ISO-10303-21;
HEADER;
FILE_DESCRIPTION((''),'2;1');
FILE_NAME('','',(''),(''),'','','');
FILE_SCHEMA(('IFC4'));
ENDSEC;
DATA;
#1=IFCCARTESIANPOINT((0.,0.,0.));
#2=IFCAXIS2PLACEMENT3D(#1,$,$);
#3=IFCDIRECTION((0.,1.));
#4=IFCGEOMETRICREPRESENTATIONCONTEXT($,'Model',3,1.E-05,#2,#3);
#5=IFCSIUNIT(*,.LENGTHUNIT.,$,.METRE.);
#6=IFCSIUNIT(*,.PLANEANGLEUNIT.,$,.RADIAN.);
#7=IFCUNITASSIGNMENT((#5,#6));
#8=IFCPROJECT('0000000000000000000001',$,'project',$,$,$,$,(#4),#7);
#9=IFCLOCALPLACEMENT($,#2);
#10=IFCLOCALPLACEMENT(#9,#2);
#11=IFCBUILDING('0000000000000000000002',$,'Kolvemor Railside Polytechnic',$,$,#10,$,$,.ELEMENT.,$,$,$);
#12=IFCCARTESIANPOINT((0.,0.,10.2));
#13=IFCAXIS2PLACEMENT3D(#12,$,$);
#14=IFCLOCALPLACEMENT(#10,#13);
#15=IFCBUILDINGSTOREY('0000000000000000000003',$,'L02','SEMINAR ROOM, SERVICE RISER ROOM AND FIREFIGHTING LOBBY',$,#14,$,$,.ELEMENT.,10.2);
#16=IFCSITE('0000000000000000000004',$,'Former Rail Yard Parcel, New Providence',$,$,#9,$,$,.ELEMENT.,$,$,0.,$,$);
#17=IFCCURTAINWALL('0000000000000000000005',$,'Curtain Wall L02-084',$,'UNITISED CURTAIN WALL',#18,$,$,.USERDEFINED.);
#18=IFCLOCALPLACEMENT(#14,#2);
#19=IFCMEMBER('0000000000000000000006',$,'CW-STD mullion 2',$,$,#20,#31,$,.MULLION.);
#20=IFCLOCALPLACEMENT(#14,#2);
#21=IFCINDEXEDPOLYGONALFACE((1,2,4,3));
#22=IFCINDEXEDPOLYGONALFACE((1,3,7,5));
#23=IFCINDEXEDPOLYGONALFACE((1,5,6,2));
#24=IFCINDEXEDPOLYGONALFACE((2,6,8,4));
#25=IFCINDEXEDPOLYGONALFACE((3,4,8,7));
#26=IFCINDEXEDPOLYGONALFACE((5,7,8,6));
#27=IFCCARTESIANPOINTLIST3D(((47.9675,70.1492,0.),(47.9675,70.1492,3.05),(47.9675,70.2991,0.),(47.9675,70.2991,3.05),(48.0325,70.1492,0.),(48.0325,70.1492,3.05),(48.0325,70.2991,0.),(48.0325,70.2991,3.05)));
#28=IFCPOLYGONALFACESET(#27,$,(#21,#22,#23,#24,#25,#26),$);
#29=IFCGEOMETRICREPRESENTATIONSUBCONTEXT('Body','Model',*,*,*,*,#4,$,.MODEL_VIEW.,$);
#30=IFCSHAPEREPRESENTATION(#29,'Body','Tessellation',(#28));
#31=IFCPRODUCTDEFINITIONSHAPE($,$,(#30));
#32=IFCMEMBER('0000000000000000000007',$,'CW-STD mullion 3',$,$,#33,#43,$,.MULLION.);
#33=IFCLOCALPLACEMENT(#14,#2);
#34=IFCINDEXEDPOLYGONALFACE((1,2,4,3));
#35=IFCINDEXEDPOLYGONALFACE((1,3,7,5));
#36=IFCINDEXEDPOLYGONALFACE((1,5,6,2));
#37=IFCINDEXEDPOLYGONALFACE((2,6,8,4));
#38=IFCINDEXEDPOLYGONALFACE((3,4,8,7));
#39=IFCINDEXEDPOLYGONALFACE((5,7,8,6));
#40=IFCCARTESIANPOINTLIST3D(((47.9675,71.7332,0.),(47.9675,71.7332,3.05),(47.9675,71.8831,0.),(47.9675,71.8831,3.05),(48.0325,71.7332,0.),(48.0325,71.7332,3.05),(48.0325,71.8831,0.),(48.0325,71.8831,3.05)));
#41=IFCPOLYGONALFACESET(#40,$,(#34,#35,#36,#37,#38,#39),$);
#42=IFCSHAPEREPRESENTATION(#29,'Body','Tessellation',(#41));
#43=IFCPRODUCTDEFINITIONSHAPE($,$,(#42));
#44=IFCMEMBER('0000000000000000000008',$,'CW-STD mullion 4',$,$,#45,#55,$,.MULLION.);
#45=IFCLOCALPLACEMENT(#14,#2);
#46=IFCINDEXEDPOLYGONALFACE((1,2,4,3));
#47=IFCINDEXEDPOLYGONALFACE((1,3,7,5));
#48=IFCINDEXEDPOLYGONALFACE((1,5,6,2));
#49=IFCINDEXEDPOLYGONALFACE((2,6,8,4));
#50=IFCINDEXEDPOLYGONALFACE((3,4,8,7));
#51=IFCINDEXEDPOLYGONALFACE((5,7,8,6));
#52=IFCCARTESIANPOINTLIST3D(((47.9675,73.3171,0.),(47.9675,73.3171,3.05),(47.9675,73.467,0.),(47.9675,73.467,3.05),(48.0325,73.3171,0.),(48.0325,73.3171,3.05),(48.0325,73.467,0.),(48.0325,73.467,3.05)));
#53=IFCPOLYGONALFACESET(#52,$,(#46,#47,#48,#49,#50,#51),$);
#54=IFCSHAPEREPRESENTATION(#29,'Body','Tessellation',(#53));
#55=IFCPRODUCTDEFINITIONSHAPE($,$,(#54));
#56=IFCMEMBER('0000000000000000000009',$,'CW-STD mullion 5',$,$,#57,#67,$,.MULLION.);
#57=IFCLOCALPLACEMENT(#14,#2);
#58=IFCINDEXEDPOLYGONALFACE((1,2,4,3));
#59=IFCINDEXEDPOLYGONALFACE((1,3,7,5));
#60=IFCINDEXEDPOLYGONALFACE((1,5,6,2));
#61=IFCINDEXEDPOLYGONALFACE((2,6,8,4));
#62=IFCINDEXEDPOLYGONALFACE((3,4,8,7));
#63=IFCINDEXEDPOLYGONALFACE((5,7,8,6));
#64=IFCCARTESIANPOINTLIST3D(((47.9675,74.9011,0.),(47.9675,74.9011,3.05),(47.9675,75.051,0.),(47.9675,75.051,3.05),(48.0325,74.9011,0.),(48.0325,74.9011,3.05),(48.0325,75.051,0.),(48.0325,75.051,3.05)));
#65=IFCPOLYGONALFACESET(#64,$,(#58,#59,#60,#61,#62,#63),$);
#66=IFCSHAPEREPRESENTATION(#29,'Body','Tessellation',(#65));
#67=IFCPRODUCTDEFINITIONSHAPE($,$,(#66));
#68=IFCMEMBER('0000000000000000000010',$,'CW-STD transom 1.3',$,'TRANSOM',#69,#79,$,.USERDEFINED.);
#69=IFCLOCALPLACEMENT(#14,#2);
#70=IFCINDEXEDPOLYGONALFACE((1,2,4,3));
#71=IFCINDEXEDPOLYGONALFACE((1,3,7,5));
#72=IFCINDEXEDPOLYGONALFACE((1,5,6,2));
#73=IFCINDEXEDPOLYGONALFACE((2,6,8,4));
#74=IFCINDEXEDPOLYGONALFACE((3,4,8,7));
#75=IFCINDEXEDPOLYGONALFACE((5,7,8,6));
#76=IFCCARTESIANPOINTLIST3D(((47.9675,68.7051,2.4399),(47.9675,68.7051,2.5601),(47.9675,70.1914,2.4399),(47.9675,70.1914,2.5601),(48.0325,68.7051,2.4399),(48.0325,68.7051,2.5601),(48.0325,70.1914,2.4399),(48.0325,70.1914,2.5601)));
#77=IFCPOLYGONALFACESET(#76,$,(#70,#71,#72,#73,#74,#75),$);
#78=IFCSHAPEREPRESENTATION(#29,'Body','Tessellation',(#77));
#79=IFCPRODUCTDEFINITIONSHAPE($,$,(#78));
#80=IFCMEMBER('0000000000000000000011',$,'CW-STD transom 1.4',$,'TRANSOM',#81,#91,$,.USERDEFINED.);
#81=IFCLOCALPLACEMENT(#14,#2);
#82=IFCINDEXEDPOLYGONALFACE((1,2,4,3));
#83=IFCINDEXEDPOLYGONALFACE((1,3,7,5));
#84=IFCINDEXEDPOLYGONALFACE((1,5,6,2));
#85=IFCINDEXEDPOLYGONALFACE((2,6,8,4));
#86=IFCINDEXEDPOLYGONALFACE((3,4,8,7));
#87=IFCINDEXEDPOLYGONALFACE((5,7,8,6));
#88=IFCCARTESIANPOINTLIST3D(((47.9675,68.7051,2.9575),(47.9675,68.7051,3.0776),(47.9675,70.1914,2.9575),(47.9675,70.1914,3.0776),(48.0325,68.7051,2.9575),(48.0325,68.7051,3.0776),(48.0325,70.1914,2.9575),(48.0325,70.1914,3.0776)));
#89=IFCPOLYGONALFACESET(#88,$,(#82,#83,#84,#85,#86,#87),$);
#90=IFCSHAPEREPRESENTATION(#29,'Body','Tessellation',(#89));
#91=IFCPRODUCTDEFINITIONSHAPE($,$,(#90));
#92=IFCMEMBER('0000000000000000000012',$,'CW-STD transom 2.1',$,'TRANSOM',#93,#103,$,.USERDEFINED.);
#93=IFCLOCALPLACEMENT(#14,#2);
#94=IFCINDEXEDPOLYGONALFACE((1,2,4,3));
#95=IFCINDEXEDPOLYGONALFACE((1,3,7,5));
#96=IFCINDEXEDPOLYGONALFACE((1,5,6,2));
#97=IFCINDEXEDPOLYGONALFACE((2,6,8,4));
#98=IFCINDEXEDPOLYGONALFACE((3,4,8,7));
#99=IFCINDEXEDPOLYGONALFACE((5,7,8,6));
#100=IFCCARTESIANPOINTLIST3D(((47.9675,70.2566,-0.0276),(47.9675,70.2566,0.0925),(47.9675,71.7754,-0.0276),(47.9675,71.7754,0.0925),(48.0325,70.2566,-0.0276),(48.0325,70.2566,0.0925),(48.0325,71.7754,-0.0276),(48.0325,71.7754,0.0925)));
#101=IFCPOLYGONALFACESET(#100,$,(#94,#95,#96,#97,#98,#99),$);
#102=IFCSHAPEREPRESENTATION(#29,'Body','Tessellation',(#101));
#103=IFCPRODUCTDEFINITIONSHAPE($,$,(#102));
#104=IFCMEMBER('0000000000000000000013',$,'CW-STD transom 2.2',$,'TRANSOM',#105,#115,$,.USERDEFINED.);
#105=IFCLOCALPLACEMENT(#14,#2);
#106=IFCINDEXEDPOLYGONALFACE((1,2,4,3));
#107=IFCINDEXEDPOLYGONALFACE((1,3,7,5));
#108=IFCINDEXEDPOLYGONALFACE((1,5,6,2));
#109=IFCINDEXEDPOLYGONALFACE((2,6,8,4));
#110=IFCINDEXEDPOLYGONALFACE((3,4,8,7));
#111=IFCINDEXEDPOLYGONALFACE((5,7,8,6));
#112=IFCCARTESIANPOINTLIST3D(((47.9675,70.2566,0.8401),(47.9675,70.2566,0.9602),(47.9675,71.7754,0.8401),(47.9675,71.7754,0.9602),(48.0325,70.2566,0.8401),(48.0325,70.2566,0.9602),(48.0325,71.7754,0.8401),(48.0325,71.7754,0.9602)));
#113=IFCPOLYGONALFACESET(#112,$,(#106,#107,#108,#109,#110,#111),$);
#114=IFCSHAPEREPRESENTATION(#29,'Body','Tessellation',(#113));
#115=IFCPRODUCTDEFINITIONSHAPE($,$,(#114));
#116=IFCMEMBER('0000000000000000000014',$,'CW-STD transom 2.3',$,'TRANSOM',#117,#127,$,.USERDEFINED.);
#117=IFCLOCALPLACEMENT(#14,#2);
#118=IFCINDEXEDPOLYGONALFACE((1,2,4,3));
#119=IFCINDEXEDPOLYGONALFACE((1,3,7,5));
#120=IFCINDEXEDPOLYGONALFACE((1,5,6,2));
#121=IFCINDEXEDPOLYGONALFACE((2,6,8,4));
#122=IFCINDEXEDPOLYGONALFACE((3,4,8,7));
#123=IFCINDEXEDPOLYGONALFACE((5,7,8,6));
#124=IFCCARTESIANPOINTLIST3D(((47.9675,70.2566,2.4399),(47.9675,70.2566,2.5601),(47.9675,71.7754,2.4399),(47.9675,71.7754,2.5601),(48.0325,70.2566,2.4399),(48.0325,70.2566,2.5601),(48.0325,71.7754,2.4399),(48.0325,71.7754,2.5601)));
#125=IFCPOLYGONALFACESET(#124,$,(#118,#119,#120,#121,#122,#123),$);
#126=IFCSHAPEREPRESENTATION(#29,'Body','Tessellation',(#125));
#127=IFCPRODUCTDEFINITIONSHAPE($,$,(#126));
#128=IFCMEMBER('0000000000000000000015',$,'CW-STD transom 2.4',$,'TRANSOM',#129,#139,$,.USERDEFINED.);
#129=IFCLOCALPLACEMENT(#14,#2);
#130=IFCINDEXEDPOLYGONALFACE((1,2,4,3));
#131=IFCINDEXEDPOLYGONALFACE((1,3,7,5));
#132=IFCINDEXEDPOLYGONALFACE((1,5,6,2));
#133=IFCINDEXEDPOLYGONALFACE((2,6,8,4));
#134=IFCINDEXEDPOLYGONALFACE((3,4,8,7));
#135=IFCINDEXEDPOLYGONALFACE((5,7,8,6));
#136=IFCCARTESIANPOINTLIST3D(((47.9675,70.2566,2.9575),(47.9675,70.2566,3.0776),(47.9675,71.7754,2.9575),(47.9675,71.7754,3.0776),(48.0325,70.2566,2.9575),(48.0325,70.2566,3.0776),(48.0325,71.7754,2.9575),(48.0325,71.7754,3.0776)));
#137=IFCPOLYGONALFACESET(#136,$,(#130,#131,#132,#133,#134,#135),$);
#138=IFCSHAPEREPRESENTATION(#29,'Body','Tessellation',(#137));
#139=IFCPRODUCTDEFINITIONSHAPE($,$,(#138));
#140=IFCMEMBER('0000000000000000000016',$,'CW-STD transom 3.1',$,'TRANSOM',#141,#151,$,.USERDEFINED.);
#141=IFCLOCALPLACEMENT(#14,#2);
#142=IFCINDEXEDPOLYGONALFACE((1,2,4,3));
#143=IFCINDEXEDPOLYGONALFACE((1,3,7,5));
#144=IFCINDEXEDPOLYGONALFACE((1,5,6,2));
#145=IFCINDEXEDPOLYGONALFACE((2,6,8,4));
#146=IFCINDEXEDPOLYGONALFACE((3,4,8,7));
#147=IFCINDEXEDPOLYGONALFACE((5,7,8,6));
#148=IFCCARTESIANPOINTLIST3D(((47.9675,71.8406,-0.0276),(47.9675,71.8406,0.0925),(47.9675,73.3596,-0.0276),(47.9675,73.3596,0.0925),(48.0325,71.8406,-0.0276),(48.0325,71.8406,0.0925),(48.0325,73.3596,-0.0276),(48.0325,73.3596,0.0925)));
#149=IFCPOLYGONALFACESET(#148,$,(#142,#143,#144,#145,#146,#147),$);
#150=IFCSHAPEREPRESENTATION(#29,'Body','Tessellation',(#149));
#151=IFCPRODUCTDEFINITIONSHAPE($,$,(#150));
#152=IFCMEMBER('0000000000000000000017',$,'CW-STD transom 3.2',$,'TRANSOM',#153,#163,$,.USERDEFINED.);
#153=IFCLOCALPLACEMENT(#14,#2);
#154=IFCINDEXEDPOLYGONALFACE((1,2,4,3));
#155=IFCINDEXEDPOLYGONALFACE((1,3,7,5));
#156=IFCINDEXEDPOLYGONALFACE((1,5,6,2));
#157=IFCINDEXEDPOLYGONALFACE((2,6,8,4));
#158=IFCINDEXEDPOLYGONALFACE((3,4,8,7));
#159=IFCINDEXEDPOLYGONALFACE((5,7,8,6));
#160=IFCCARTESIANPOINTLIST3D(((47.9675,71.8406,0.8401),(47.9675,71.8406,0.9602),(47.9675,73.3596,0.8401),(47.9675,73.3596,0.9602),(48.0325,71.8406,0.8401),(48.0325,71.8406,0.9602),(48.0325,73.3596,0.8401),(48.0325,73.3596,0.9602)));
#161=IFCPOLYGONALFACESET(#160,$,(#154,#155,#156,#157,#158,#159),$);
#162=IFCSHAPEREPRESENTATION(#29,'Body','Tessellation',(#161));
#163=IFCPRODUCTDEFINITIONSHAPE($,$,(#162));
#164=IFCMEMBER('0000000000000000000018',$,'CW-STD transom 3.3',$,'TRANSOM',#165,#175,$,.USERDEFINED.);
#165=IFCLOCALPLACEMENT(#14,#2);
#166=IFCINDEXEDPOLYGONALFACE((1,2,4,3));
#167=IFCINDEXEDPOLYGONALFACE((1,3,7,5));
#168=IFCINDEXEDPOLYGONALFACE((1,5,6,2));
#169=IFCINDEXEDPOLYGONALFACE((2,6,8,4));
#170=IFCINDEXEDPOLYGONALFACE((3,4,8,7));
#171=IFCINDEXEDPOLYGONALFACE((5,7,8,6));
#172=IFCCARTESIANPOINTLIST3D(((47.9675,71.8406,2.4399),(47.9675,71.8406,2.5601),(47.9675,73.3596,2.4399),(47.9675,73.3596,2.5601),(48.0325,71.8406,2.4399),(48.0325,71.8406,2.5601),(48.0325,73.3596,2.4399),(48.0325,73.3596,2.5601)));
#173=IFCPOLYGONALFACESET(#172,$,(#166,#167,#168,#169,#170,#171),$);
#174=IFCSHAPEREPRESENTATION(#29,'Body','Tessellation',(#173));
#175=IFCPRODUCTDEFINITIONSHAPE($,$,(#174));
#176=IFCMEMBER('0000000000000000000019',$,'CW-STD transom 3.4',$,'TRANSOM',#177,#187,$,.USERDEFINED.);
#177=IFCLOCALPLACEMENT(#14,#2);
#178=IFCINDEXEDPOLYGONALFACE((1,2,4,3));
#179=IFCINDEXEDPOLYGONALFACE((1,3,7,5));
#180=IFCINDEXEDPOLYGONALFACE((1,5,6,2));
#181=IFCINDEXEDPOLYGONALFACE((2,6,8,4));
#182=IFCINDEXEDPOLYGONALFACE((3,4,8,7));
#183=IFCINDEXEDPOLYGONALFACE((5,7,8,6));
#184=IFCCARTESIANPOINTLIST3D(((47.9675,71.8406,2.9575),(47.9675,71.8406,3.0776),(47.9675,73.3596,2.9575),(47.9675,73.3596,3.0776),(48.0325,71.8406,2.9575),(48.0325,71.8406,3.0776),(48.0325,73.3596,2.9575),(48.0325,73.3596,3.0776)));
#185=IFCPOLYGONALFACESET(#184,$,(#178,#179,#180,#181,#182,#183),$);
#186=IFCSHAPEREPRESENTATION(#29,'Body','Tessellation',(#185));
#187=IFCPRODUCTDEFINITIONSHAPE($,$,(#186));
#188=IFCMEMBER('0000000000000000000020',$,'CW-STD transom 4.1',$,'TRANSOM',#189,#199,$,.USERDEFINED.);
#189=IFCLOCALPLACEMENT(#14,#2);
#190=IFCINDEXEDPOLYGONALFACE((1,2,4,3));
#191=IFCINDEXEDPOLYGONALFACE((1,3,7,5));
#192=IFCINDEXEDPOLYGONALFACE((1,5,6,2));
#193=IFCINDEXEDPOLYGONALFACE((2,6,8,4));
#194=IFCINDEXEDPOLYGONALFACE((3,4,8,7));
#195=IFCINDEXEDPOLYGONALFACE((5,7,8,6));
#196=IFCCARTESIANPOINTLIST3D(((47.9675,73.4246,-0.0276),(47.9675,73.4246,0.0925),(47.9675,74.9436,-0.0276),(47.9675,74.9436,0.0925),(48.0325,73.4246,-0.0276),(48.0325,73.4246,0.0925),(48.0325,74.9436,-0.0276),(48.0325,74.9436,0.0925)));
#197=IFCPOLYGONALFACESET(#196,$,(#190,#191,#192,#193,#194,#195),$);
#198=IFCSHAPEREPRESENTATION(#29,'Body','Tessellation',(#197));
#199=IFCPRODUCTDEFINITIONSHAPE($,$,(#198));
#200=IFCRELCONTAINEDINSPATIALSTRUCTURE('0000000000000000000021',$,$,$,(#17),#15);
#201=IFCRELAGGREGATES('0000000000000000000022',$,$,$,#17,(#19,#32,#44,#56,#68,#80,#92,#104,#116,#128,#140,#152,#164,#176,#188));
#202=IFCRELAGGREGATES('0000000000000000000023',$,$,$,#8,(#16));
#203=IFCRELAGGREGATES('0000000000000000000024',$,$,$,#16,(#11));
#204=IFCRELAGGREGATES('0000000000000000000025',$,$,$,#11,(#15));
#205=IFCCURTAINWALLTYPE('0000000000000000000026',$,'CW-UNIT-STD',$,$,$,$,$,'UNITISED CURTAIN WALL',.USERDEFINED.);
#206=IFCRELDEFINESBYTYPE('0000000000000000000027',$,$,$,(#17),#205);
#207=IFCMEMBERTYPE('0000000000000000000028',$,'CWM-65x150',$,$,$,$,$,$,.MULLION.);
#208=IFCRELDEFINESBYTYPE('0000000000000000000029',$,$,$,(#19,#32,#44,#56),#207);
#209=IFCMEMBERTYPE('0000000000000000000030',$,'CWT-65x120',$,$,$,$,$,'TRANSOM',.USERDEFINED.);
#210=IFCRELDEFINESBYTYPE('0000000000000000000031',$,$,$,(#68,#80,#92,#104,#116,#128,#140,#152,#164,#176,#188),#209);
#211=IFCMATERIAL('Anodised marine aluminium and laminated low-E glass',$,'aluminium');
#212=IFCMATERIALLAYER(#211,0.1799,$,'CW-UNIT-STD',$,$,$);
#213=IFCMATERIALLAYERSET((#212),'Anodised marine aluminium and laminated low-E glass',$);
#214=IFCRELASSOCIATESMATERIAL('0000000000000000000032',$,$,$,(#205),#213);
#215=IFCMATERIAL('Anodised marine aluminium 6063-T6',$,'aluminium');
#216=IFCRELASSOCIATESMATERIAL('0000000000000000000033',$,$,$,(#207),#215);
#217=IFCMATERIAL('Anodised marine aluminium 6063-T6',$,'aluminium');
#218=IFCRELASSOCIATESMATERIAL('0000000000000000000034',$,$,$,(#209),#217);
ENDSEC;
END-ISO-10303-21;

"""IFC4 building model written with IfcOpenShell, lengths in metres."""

from ifc_helpers import new_model, si_unit, direction, frame, origin, origin_2d, place, context, subcontext, project, spatial, rectangle, extrude, material, layer, layer_set, material_profile, profile_set, type_object, element, aggregate, save


model = new_model("IFC4")

# Units and contexts
model_context = context("Model", 3, precision=1e-05, world=origin(), true_north=direction((0.0, 1.0)))
body_context = subcontext(model_context, "Body", "Model", "MODEL_VIEW")
ifc_project = project(units=[si_unit("LENGTHUNIT", "METRE"), si_unit("PLANEANGLEUNIT", "RADIAN")], contexts=[model_context])

# Site, building, storey
site_placement = place(None, origin())
site = spatial("IfcSite", under=ifc_project, at=site_placement, Name="Former Rail Yard Parcel, New Providence", CompositionType="ELEMENT", RefElevation=0.0)
building_placement = place(site_placement, origin())
building = spatial("IfcBuilding", under=site, at=building_placement, Name="Kolvemor Railside Polytechnic", CompositionType="ELEMENT")
storey_placement = place(building_placement, frame((0.0, 0.0, 10.2)))
storey = spatial("IfcBuildingStorey", under=building, at=storey_placement, Name="L02", Description="SEMINAR ROOM, SERVICE RISER ROOM AND FIREFIGHTING LOBBY", CompositionType="ELEMENT", Elevation=10.2)

# Curtain wall, members
ifc_material_1 = material(Name="Anodised marine aluminium and laminated low-E glass", Category="aluminium")
ifc_layer_1 = layer(ifc_material_1, 0.1799, Name="CW-UNIT-STD")
ifc_layer_set_1 = layer_set([ifc_layer_1], Name="Anodised marine aluminium and laminated low-E glass")
curtain_wall_type = type_object("IfcCurtainWallType", Name="CW-UNIT-STD", ElementType="UNITISED CURTAIN WALL", PredefinedType="USERDEFINED", material=ifc_layer_set_1)
curtain_wall_placement = place(storey_placement, origin())
curtain_wall = element("IfcCurtainWall", 1, at=curtain_wall_placement, inside=storey, type_object=curtain_wall_type, Name="Curtain Wall L02-084", ObjectType="UNITISED CURTAIN WALL", PredefinedType="USERDEFINED")
ifc_material_2 = material(Name="Anodised marine aluminium 6063-T6", Category="aluminium")
ifc_material_profile_1 = material_profile(ifc_material_2, rectangle(XDim=0.0649, YDim=0.1499, at=origin_2d()), Name="CW-MUL-65x150")
ifc_profile_set_1 = profile_set([ifc_material_profile_1], Name="Anodised marine aluminium 6063-T6")
member_type_1 = type_object("IfcMemberType", Name="CWM-65x150", PredefinedType="MULLION", material=ifc_profile_set_1)
member_1_placement = place(storey_placement, frame((48.0, 70.2241, 0.0), z_axis=(0.0, 0.0, 1.0), x_axis=(-1.0, 0.0, 0.0)))
member_1 = element("IfcMember", 2, at=member_1_placement, type_object=member_type_1, Name="CW-STD mullion 2", PredefinedType="MULLION", context=body_context, shape_type="SweptSolid", body=[
    extrude(rectangle(XDim=0.0649, YDim=0.1499, at=origin_2d()), origin(), (0.0, 0.0, 1.0), 3.05),
])
member_2_placement = place(storey_placement, frame((48.0, 71.8081, 0.0), z_axis=(0.0, 0.0, 1.0), x_axis=(-1.0, 0.0, 0.0)))
member_2 = element("IfcMember", 3, at=member_2_placement, type_object=member_type_1, Name="CW-STD mullion 3", PredefinedType="MULLION", context=body_context, shape_type="SweptSolid", body=[
    extrude(rectangle(XDim=0.0649, YDim=0.1499, at=origin_2d()), origin(), (0.0, 0.0, 1.0), 3.05),
])
member_3_placement = place(storey_placement, frame((48.0, 73.3921, 0.0), z_axis=(0.0, 0.0, 1.0), x_axis=(-1.0, 0.0, 0.0)))
member_3 = element("IfcMember", 4, at=member_3_placement, type_object=member_type_1, Name="CW-STD mullion 4", PredefinedType="MULLION", context=body_context, shape_type="SweptSolid", body=[
    extrude(rectangle(XDim=0.0649, YDim=0.1499, at=origin_2d()), origin(), (0.0, 0.0, 1.0), 3.05),
])
member_4_placement = place(storey_placement, frame((48.0, 74.9761, 0.0), z_axis=(0.0, 0.0, 1.0), x_axis=(-1.0, 0.0, 0.0)))
member_4 = element("IfcMember", 5, at=member_4_placement, type_object=member_type_1, Name="CW-STD mullion 5", PredefinedType="MULLION", context=body_context, shape_type="SweptSolid", body=[
    extrude(rectangle(XDim=0.0649, YDim=0.1499, at=origin_2d()), origin(), (0.0, 0.0, 1.0), 3.05),
])
ifc_material_3 = material(Name="Anodised marine aluminium 6063-T6", Category="aluminium")
ifc_material_profile_2 = material_profile(ifc_material_3, rectangle(XDim=0.0649, YDim=0.1201, at=origin_2d()), Name="CW-TRN-65x120")
ifc_profile_set_2 = profile_set([ifc_material_profile_2], Name="Anodised marine aluminium 6063-T6")
member_type_2 = type_object("IfcMemberType", Name="CWT-65x120", ElementType="TRANSOM", PredefinedType="USERDEFINED", material=ifc_profile_set_2)
member_5_placement = place(storey_placement, frame((48.0, 68.7051, 2.5), z_axis=(0.0, 1.0, 0.0), x_axis=(-1.0, 0.0, 0.0)))
member_5 = element("IfcMember", 6, at=member_5_placement, type_object=member_type_2, Name="CW-STD transom 1.3", ObjectType="TRANSOM", PredefinedType="USERDEFINED", context=body_context, shape_type="SweptSolid", body=[
    extrude(rectangle(XDim=0.0649, YDim=0.1201, at=origin_2d()), origin(), (0.0, 0.0, 1.0), 1.4863),
])
member_6_placement = place(storey_placement, frame((48.0, 68.7051, 3.0176), z_axis=(0.0, 1.0, 0.0), x_axis=(-1.0, 0.0, 0.0)))
member_6 = element("IfcMember", 7, at=member_6_placement, type_object=member_type_2, Name="CW-STD transom 1.4", ObjectType="TRANSOM", PredefinedType="USERDEFINED", context=body_context, shape_type="SweptSolid", body=[
    extrude(rectangle(XDim=0.0649, YDim=0.1201, at=origin_2d()), origin(), (0.0, 0.0, 1.0), 1.4863),
])
member_7_placement = place(storey_placement, frame((48.0, 70.2566, 0.0325), z_axis=(0.0, 1.0, 0.0), x_axis=(-1.0, 0.0, 0.0)))
member_7 = element("IfcMember", 8, at=member_7_placement, type_object=member_type_2, Name="CW-STD transom 2.1", ObjectType="TRANSOM", PredefinedType="USERDEFINED", context=body_context, shape_type="SweptSolid", body=[
    extrude(rectangle(XDim=0.0649, YDim=0.1201, at=origin_2d()), origin(), (0.0, 0.0, 1.0), 1.5188),
])
member_8_placement = place(storey_placement, frame((48.0, 70.2566, 0.9001), z_axis=(0.0, 1.0, 0.0), x_axis=(-1.0, 0.0, 0.0)))
member_8 = element("IfcMember", 9, at=member_8_placement, type_object=member_type_2, Name="CW-STD transom 2.2", ObjectType="TRANSOM", PredefinedType="USERDEFINED", context=body_context, shape_type="SweptSolid", body=[
    extrude(rectangle(XDim=0.0649, YDim=0.1201, at=origin_2d()), origin(), (0.0, 0.0, 1.0), 1.5188),
])
member_9_placement = place(storey_placement, frame((48.0, 70.2566, 2.5), z_axis=(0.0, 1.0, 0.0), x_axis=(-1.0, 0.0, 0.0)))
member_9 = element("IfcMember", 10, at=member_9_placement, type_object=member_type_2, Name="CW-STD transom 2.3", ObjectType="TRANSOM", PredefinedType="USERDEFINED", context=body_context, shape_type="SweptSolid", body=[
    extrude(rectangle(XDim=0.0649, YDim=0.1201, at=origin_2d()), origin(), (0.0, 0.0, 1.0), 1.5188),
])
member_10_placement = place(storey_placement, frame((48.0, 70.2566, 3.0176), z_axis=(0.0, 1.0, 0.0), x_axis=(-1.0, 0.0, 0.0)))
member_10 = element("IfcMember", 11, at=member_10_placement, type_object=member_type_2, Name="CW-STD transom 2.4", ObjectType="TRANSOM", PredefinedType="USERDEFINED", context=body_context, shape_type="SweptSolid", body=[
    extrude(rectangle(XDim=0.0649, YDim=0.1201, at=origin_2d()), origin(), (0.0, 0.0, 1.0), 1.5188),
])
member_11_placement = place(storey_placement, frame((48.0, 71.8406, 0.0325), z_axis=(0.0, 1.0, 0.0), x_axis=(-1.0, 0.0, 0.0)))
member_11 = element("IfcMember", 12, at=member_11_placement, type_object=member_type_2, Name="CW-STD transom 3.1", ObjectType="TRANSOM", PredefinedType="USERDEFINED", context=body_context, shape_type="SweptSolid", body=[
    extrude(rectangle(XDim=0.0649, YDim=0.1201, at=origin_2d()), origin(), (0.0, 0.0, 1.0), 1.519),
])
member_12_placement = place(storey_placement, frame((48.0, 71.8406, 0.9001), z_axis=(0.0, 1.0, 0.0), x_axis=(-1.0, 0.0, 0.0)))
member_12 = element("IfcMember", 13, at=member_12_placement, type_object=member_type_2, Name="CW-STD transom 3.2", ObjectType="TRANSOM", PredefinedType="USERDEFINED", context=body_context, shape_type="SweptSolid", body=[
    extrude(rectangle(XDim=0.0649, YDim=0.1201, at=origin_2d()), origin(), (0.0, 0.0, 1.0), 1.519),
])
member_13_placement = place(storey_placement, frame((48.0, 71.8406, 2.5), z_axis=(0.0, 1.0, 0.0), x_axis=(-1.0, 0.0, 0.0)))
member_13 = element("IfcMember", 14, at=member_13_placement, type_object=member_type_2, Name="CW-STD transom 3.3", ObjectType="TRANSOM", PredefinedType="USERDEFINED", context=body_context, shape_type="SweptSolid", body=[
    extrude(rectangle(XDim=0.0649, YDim=0.1201, at=origin_2d()), origin(), (0.0, 0.0, 1.0), 1.519),
])
member_14_placement = place(storey_placement, frame((48.0, 71.8406, 3.0176), z_axis=(0.0, 1.0, 0.0), x_axis=(-1.0, 0.0, 0.0)))
member_14 = element("IfcMember", 15, at=member_14_placement, type_object=member_type_2, Name="CW-STD transom 3.4", ObjectType="TRANSOM", PredefinedType="USERDEFINED", context=body_context, shape_type="SweptSolid", body=[
    extrude(rectangle(XDim=0.0649, YDim=0.1201, at=origin_2d()), origin(), (0.0, 0.0, 1.0), 1.519),
])
member_15_placement = place(storey_placement, frame((48.0, 73.4246, 0.0325), z_axis=(0.0, 1.0, 0.0), x_axis=(-1.0, 0.0, 0.0)))
member_15 = element("IfcMember", 16, at=member_15_placement, type_object=member_type_2, Name="CW-STD transom 4.1", ObjectType="TRANSOM", PredefinedType="USERDEFINED", context=body_context, shape_type="SweptSolid", body=[
    extrude(rectangle(XDim=0.0649, YDim=0.1201, at=origin_2d()), origin(), (0.0, 0.0, 1.0), 1.519),
])
aggregate(curtain_wall, [member_1, member_2, member_3, member_4, member_5, member_6, member_7, member_8, member_9, member_10, member_11, member_12, member_13, member_14, member_15])

save(model, "model.ifc")
